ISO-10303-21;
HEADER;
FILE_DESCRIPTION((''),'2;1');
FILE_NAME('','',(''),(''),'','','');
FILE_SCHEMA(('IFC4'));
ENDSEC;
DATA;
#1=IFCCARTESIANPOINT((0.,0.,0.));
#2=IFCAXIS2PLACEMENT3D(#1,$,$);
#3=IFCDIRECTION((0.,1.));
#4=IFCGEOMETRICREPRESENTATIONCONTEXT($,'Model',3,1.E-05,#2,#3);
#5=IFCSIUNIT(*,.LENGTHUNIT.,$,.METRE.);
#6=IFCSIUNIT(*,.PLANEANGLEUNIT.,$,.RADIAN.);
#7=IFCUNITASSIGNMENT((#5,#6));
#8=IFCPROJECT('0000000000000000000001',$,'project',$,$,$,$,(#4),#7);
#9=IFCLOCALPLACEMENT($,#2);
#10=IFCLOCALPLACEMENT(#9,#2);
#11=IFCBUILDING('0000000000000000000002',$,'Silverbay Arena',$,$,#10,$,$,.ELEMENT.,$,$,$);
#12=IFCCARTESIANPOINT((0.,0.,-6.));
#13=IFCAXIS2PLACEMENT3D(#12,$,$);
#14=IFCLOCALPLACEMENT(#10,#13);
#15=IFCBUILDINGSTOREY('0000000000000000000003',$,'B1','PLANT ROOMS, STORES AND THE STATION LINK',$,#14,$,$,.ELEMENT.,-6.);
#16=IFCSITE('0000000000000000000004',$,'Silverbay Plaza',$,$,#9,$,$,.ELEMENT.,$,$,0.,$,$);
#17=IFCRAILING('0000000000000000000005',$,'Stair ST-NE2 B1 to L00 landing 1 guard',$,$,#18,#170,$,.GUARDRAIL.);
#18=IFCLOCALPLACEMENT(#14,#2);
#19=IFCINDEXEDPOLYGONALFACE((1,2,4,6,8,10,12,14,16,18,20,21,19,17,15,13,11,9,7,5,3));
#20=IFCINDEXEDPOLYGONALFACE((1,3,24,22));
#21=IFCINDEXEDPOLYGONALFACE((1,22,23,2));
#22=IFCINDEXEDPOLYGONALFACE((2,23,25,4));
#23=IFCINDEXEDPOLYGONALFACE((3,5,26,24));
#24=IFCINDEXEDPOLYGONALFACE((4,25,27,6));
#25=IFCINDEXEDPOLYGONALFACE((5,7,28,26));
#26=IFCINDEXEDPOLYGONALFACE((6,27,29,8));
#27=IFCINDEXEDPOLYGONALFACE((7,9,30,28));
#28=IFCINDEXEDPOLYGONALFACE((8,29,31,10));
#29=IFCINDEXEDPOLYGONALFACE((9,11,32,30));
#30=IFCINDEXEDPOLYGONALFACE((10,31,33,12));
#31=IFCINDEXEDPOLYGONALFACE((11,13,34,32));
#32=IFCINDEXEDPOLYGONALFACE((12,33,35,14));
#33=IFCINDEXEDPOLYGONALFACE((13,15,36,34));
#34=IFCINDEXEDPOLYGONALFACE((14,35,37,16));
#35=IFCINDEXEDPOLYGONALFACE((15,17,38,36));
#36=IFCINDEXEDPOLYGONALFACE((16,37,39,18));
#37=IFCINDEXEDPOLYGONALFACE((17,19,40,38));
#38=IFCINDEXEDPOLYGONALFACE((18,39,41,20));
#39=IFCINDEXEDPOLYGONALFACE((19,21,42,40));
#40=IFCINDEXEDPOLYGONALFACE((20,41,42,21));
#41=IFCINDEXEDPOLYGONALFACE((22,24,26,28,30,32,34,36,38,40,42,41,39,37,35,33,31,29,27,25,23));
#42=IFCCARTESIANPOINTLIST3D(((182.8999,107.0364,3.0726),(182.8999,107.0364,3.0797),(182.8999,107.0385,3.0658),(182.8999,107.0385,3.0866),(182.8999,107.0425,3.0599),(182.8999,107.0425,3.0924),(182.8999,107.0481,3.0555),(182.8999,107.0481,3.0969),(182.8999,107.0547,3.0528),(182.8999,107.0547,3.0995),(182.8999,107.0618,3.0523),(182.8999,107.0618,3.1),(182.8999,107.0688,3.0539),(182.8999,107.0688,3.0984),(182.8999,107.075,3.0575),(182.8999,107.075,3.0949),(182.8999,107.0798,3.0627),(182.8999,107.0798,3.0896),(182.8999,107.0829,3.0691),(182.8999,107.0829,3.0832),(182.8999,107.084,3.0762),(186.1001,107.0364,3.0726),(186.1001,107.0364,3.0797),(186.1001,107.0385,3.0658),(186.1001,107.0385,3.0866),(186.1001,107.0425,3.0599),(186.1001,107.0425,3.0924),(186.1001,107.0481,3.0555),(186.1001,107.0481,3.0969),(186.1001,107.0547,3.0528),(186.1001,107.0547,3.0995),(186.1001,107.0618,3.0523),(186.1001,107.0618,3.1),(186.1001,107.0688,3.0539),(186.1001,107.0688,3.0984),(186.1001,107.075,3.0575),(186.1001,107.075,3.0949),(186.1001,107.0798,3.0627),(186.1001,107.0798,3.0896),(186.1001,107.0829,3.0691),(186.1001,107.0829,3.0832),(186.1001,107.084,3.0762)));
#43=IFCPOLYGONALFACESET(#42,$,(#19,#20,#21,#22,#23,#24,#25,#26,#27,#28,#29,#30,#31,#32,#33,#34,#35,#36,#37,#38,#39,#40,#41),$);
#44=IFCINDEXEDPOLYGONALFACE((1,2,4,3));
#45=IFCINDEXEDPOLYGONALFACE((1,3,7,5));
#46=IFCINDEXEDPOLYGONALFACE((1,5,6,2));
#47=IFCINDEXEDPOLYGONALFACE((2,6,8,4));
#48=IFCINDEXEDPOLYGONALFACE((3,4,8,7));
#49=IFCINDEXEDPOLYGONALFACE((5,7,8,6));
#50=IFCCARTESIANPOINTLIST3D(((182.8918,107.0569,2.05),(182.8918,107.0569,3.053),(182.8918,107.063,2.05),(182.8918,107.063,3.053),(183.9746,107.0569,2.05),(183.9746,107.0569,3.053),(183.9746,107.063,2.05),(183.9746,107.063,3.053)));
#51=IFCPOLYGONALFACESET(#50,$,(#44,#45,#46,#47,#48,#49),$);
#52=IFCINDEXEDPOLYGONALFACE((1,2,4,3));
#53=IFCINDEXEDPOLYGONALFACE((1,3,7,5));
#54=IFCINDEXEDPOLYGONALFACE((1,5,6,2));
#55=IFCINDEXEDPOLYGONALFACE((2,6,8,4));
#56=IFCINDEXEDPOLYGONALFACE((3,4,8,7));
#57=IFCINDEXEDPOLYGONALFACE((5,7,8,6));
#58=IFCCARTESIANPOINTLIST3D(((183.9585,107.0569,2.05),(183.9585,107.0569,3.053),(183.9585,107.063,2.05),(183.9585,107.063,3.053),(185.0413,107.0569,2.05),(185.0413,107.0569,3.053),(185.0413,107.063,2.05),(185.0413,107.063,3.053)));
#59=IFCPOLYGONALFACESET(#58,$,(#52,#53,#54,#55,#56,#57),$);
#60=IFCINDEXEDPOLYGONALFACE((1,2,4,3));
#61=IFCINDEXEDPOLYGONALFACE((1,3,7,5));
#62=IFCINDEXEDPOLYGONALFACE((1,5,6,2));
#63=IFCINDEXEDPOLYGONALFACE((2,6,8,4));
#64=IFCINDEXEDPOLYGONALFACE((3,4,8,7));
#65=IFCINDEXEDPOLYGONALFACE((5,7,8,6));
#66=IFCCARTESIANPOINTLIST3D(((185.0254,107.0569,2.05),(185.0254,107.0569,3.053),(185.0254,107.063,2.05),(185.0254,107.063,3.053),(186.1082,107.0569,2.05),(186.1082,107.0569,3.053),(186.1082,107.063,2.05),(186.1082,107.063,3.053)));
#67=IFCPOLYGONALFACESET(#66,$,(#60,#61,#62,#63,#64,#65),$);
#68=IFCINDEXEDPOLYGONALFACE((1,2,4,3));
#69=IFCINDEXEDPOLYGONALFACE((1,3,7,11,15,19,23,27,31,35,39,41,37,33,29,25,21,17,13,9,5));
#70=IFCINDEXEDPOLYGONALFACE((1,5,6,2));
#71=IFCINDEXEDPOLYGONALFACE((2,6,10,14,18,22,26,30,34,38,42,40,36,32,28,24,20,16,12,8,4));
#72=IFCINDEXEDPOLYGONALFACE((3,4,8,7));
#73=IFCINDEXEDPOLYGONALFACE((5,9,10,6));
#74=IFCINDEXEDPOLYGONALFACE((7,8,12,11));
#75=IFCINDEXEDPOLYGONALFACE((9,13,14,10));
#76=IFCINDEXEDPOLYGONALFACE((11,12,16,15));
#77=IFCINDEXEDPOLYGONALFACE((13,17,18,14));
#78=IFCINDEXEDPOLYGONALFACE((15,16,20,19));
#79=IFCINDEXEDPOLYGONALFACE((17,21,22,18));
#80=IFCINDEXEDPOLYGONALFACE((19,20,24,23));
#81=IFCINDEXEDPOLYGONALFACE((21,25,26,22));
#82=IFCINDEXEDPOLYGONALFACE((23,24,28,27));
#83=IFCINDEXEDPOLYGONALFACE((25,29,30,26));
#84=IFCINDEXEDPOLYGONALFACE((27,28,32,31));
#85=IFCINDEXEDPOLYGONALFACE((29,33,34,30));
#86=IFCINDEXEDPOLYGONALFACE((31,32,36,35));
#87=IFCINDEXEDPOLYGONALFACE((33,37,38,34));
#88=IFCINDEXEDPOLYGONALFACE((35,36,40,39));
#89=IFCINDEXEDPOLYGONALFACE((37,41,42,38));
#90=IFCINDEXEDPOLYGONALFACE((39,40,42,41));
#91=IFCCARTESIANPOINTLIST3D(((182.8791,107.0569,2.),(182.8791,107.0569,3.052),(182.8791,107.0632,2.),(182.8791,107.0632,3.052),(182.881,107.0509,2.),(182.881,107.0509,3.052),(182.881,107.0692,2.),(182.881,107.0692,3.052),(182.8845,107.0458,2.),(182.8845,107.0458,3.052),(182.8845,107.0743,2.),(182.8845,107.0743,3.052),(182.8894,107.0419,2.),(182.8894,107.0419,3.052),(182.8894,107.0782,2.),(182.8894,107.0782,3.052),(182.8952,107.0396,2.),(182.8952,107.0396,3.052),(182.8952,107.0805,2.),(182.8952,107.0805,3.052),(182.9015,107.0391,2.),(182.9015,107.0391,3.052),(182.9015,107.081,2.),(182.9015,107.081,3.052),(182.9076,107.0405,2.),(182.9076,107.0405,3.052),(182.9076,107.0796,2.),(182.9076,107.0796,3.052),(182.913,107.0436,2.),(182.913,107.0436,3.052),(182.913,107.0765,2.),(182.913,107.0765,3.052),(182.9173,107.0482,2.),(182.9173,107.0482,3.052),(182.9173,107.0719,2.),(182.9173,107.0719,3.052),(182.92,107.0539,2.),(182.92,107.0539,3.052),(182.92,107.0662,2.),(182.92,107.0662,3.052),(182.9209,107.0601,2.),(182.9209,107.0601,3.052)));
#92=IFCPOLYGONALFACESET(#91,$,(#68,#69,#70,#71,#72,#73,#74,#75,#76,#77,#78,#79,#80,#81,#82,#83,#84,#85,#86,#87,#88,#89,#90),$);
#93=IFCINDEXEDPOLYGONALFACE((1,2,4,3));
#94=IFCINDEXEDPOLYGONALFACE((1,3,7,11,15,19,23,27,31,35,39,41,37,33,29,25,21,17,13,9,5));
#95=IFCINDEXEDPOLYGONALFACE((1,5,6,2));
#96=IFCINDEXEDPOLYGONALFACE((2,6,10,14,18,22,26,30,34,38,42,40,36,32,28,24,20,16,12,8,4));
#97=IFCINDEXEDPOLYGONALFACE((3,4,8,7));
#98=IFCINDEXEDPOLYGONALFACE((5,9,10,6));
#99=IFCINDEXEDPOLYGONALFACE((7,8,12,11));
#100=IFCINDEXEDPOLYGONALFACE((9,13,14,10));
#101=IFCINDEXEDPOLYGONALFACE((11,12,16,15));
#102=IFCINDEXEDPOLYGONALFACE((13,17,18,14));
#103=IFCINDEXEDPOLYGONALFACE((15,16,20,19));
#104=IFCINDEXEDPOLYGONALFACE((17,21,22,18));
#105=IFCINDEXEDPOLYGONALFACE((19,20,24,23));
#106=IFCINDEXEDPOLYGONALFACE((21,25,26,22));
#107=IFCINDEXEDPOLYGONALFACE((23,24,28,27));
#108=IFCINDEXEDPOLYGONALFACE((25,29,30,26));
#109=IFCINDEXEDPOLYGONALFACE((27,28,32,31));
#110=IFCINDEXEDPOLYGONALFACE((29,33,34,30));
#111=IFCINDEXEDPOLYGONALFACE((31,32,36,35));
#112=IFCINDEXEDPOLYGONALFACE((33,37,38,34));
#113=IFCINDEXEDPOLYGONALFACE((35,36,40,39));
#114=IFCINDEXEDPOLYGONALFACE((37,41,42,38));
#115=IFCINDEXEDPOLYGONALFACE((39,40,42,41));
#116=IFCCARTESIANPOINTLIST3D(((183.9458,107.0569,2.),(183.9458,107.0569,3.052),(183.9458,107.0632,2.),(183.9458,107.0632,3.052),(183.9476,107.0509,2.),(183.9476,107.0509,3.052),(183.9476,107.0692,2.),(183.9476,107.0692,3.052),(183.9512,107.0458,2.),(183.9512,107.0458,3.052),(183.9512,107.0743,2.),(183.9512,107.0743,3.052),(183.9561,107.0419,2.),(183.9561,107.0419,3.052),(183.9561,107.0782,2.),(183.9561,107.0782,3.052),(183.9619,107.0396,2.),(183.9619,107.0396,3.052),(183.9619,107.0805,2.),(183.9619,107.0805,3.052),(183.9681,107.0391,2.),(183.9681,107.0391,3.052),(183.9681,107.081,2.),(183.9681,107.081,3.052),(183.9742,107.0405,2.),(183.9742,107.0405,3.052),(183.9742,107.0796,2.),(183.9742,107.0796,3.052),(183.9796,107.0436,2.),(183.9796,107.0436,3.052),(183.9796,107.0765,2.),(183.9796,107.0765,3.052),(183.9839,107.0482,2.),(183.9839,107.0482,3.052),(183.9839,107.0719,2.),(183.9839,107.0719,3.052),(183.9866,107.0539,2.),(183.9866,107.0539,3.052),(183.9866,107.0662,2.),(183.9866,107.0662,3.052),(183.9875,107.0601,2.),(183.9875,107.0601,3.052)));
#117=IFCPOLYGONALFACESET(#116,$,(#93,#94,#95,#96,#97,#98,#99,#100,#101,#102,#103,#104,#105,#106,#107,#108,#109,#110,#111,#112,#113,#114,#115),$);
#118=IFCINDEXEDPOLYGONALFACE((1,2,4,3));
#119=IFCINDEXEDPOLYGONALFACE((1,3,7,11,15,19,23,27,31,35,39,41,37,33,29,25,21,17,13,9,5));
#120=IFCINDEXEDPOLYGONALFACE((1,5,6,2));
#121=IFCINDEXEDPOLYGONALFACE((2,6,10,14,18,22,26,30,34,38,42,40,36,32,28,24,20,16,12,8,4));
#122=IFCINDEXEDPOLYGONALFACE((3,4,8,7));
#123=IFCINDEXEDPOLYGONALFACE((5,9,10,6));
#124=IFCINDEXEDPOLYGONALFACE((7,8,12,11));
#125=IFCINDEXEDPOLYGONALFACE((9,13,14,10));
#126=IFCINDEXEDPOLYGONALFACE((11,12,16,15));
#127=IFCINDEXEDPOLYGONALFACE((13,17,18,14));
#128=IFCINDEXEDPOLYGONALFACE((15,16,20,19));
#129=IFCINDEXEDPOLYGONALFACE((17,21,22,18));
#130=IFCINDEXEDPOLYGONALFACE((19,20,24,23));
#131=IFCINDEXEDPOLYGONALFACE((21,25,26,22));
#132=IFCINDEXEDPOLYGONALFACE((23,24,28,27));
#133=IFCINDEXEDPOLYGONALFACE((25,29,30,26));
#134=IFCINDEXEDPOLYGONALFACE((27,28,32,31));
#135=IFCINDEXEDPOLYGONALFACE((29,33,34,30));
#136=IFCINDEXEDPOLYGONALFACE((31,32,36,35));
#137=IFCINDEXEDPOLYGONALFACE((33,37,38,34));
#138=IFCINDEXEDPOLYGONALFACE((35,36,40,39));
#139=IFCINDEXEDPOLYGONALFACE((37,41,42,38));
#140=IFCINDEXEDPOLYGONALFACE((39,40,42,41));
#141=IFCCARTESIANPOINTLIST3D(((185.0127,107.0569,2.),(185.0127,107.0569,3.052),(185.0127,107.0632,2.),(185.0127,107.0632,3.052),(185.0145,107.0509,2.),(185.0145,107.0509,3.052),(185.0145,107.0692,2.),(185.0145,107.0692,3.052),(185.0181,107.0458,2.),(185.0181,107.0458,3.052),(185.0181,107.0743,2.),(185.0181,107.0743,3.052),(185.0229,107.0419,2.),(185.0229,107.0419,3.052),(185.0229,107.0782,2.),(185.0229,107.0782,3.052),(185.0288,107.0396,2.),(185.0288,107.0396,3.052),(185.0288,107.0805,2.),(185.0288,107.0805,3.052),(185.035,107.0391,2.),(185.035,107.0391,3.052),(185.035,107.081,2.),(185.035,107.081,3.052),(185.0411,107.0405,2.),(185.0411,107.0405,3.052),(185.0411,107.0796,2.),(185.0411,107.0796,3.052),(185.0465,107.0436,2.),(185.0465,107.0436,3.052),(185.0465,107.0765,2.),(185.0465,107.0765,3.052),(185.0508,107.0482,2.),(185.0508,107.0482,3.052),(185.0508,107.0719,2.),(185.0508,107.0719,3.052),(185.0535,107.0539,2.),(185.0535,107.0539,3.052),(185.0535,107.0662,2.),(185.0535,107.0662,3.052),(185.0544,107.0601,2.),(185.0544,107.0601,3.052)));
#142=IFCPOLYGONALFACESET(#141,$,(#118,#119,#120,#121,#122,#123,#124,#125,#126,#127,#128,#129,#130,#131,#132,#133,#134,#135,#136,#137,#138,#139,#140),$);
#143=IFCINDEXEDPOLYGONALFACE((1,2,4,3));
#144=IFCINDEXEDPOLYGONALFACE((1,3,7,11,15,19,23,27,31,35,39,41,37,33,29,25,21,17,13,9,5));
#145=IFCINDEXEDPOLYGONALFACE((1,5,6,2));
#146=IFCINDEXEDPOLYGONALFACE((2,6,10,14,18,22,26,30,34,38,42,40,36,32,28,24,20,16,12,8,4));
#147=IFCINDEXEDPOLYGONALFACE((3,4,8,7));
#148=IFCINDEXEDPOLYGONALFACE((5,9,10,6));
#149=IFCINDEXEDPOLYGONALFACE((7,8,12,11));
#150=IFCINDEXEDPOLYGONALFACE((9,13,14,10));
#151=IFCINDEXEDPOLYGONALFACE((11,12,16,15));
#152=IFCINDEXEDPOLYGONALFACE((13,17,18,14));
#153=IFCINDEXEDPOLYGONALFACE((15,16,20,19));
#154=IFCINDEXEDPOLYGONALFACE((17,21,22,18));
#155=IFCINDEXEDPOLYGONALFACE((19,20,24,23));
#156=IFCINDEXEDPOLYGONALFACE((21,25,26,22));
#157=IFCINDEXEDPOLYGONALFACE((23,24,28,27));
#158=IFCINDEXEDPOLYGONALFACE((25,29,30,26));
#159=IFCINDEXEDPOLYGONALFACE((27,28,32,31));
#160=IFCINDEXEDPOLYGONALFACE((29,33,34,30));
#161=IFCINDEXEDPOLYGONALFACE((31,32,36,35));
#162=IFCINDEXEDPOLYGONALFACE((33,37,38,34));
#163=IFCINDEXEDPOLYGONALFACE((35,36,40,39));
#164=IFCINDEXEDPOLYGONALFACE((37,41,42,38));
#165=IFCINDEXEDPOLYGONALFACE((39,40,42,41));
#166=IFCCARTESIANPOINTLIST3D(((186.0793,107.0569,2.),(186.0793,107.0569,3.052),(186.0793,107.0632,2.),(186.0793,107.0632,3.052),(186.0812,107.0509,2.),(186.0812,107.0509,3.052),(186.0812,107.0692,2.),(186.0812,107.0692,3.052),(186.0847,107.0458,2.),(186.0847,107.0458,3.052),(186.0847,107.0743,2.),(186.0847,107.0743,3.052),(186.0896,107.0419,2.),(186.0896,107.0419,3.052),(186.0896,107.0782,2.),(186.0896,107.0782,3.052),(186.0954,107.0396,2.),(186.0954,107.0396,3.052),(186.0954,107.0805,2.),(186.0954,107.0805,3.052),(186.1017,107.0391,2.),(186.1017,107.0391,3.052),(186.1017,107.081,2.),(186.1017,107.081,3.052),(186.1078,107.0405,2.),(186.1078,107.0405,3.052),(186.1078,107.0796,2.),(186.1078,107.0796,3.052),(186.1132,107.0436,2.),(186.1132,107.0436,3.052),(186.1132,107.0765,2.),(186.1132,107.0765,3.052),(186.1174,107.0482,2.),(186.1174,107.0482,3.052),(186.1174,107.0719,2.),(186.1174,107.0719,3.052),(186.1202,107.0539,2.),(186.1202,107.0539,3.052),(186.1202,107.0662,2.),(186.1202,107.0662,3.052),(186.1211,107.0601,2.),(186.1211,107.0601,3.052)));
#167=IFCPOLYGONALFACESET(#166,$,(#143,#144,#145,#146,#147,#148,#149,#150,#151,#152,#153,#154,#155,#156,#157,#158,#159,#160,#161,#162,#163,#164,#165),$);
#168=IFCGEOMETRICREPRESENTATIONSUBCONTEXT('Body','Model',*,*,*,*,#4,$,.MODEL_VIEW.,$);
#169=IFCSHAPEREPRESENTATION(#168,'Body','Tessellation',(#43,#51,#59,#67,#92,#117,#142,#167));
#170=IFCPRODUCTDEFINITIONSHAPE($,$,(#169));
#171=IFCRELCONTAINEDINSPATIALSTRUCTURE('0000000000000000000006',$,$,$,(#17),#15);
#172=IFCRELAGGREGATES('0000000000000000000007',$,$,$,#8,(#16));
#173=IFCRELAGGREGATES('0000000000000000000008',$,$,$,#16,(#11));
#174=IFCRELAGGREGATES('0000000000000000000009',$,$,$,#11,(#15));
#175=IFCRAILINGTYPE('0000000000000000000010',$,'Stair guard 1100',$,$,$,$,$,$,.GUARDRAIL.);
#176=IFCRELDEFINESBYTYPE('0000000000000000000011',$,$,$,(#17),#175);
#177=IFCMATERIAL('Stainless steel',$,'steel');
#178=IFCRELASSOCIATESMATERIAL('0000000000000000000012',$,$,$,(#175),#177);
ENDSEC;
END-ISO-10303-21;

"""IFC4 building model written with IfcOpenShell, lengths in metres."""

from ifc_helpers import new_model, si_unit, direction, frame, origin, origin_2d, place, context, subcontext, project, spatial, polyline, circle, outline, extrude, material, type_object, element, save


model = new_model("IFC4")

# Units and contexts
model_context = context("Model", 3, precision=1e-05, world=origin(), true_north=direction((0.0, 1.0)))
body_context = subcontext(model_context, "Body", "Model", "MODEL_VIEW")
ifc_project = project(units=[si_unit("LENGTHUNIT", "METRE"), si_unit("PLANEANGLEUNIT", "RADIAN")], contexts=[model_context])

# Site, building, storey
site_placement = place(None, origin())
site = spatial("IfcSite", under=ifc_project, at=site_placement, Name="Silverbay Plaza", CompositionType="ELEMENT", RefElevation=0.0)
building_placement = place(site_placement, origin())
building = spatial("IfcBuilding", under=site, at=building_placement, Name="Silverbay Arena", CompositionType="ELEMENT")
storey_placement = place(building_placement, frame((0.0, 0.0, -6.0)))
storey = spatial("IfcBuildingStorey", under=building, at=storey_placement, Name="B1", Description="PLANT ROOMS, STORES AND THE STATION LINK", CompositionType="ELEMENT", Elevation=-6.0)

# Railing
ifc_material_1 = material(Name="Stainless steel", Category="steel")
railing_type_1 = type_object("IfcRailingType", Name="Stair guard 1100", PredefinedType="GUARDRAIL", material=ifc_material_1)
for number, where, name in (
    (1, (182.8999, 107.0601, 2.0), "Stair ST-NE2 B1 to L00 landing 1 guard"),
):
    element("IfcRailing", number, at=place(storey_placement, frame(where)), inside=storey, type_object=railing_type_1, Name=name, PredefinedType="GUARDRAIL", context=body_context, shape_type="SweptSolid", body=[
        extrude(circle(Radius=0.0239, at=origin_2d()), frame((0.0, 0.0, 1.0762), z_axis=(1.0, 0.0, 0.0), x_axis=(0.0, 1.0, 0.0)), (0.0, 0.0, 1.0), 3.2002),
        extrude(outline(polyline([(-0.0081, 0.05), (1.0747, 0.05), (1.0747, 1.053), (-0.0081, 1.053), (-0.0081, 0.05)])), frame((0.0, 0.0029, 0.0), z_axis=(0.0, -1.0, 0.0), x_axis=(1.0, 0.0, 0.0)), (0.0, 0.0, 1.0), 0.0061),
        extrude(outline(polyline([(-0.0081, 0.05), (1.0747, 0.05), (1.0747, 1.053), (-0.0081, 1.053), (-0.0081, 0.05)])), frame((1.0667, 0.0029, 0.0), z_axis=(0.0, -1.0, 0.0), x_axis=(1.0, 0.0, 0.0)), (0.0, 0.0, 1.0), 0.0061),
        extrude(outline(polyline([(-0.0081, 0.05), (1.0747, 0.05), (1.0747, 1.053), (-0.0081, 1.053), (-0.0081, 0.05)])), frame((2.1335, 0.0029, 0.0), z_axis=(0.0, -1.0, 0.0), x_axis=(1.0, 0.0, 0.0)), (0.0, 0.0, 1.0), 0.0061),
        extrude(circle(Radius=0.021, at=origin_2d()), origin(), (0.0, 0.0, 1.0), 1.052),
        extrude(circle(Radius=0.021, at=origin_2d()), frame((1.0667, 0.0, 0.0)), (0.0, 0.0, 1.0), 1.052),
        extrude(circle(Radius=0.021, at=origin_2d()), frame((2.1335, 0.0, 0.0)), (0.0, 0.0, 1.0), 1.052),
        extrude(circle(Radius=0.021, at=origin_2d()), frame((3.2002, 0.0, 0.0)), (0.0, 0.0, 1.0), 1.052),
    ])

save(model, "model.ifc")
